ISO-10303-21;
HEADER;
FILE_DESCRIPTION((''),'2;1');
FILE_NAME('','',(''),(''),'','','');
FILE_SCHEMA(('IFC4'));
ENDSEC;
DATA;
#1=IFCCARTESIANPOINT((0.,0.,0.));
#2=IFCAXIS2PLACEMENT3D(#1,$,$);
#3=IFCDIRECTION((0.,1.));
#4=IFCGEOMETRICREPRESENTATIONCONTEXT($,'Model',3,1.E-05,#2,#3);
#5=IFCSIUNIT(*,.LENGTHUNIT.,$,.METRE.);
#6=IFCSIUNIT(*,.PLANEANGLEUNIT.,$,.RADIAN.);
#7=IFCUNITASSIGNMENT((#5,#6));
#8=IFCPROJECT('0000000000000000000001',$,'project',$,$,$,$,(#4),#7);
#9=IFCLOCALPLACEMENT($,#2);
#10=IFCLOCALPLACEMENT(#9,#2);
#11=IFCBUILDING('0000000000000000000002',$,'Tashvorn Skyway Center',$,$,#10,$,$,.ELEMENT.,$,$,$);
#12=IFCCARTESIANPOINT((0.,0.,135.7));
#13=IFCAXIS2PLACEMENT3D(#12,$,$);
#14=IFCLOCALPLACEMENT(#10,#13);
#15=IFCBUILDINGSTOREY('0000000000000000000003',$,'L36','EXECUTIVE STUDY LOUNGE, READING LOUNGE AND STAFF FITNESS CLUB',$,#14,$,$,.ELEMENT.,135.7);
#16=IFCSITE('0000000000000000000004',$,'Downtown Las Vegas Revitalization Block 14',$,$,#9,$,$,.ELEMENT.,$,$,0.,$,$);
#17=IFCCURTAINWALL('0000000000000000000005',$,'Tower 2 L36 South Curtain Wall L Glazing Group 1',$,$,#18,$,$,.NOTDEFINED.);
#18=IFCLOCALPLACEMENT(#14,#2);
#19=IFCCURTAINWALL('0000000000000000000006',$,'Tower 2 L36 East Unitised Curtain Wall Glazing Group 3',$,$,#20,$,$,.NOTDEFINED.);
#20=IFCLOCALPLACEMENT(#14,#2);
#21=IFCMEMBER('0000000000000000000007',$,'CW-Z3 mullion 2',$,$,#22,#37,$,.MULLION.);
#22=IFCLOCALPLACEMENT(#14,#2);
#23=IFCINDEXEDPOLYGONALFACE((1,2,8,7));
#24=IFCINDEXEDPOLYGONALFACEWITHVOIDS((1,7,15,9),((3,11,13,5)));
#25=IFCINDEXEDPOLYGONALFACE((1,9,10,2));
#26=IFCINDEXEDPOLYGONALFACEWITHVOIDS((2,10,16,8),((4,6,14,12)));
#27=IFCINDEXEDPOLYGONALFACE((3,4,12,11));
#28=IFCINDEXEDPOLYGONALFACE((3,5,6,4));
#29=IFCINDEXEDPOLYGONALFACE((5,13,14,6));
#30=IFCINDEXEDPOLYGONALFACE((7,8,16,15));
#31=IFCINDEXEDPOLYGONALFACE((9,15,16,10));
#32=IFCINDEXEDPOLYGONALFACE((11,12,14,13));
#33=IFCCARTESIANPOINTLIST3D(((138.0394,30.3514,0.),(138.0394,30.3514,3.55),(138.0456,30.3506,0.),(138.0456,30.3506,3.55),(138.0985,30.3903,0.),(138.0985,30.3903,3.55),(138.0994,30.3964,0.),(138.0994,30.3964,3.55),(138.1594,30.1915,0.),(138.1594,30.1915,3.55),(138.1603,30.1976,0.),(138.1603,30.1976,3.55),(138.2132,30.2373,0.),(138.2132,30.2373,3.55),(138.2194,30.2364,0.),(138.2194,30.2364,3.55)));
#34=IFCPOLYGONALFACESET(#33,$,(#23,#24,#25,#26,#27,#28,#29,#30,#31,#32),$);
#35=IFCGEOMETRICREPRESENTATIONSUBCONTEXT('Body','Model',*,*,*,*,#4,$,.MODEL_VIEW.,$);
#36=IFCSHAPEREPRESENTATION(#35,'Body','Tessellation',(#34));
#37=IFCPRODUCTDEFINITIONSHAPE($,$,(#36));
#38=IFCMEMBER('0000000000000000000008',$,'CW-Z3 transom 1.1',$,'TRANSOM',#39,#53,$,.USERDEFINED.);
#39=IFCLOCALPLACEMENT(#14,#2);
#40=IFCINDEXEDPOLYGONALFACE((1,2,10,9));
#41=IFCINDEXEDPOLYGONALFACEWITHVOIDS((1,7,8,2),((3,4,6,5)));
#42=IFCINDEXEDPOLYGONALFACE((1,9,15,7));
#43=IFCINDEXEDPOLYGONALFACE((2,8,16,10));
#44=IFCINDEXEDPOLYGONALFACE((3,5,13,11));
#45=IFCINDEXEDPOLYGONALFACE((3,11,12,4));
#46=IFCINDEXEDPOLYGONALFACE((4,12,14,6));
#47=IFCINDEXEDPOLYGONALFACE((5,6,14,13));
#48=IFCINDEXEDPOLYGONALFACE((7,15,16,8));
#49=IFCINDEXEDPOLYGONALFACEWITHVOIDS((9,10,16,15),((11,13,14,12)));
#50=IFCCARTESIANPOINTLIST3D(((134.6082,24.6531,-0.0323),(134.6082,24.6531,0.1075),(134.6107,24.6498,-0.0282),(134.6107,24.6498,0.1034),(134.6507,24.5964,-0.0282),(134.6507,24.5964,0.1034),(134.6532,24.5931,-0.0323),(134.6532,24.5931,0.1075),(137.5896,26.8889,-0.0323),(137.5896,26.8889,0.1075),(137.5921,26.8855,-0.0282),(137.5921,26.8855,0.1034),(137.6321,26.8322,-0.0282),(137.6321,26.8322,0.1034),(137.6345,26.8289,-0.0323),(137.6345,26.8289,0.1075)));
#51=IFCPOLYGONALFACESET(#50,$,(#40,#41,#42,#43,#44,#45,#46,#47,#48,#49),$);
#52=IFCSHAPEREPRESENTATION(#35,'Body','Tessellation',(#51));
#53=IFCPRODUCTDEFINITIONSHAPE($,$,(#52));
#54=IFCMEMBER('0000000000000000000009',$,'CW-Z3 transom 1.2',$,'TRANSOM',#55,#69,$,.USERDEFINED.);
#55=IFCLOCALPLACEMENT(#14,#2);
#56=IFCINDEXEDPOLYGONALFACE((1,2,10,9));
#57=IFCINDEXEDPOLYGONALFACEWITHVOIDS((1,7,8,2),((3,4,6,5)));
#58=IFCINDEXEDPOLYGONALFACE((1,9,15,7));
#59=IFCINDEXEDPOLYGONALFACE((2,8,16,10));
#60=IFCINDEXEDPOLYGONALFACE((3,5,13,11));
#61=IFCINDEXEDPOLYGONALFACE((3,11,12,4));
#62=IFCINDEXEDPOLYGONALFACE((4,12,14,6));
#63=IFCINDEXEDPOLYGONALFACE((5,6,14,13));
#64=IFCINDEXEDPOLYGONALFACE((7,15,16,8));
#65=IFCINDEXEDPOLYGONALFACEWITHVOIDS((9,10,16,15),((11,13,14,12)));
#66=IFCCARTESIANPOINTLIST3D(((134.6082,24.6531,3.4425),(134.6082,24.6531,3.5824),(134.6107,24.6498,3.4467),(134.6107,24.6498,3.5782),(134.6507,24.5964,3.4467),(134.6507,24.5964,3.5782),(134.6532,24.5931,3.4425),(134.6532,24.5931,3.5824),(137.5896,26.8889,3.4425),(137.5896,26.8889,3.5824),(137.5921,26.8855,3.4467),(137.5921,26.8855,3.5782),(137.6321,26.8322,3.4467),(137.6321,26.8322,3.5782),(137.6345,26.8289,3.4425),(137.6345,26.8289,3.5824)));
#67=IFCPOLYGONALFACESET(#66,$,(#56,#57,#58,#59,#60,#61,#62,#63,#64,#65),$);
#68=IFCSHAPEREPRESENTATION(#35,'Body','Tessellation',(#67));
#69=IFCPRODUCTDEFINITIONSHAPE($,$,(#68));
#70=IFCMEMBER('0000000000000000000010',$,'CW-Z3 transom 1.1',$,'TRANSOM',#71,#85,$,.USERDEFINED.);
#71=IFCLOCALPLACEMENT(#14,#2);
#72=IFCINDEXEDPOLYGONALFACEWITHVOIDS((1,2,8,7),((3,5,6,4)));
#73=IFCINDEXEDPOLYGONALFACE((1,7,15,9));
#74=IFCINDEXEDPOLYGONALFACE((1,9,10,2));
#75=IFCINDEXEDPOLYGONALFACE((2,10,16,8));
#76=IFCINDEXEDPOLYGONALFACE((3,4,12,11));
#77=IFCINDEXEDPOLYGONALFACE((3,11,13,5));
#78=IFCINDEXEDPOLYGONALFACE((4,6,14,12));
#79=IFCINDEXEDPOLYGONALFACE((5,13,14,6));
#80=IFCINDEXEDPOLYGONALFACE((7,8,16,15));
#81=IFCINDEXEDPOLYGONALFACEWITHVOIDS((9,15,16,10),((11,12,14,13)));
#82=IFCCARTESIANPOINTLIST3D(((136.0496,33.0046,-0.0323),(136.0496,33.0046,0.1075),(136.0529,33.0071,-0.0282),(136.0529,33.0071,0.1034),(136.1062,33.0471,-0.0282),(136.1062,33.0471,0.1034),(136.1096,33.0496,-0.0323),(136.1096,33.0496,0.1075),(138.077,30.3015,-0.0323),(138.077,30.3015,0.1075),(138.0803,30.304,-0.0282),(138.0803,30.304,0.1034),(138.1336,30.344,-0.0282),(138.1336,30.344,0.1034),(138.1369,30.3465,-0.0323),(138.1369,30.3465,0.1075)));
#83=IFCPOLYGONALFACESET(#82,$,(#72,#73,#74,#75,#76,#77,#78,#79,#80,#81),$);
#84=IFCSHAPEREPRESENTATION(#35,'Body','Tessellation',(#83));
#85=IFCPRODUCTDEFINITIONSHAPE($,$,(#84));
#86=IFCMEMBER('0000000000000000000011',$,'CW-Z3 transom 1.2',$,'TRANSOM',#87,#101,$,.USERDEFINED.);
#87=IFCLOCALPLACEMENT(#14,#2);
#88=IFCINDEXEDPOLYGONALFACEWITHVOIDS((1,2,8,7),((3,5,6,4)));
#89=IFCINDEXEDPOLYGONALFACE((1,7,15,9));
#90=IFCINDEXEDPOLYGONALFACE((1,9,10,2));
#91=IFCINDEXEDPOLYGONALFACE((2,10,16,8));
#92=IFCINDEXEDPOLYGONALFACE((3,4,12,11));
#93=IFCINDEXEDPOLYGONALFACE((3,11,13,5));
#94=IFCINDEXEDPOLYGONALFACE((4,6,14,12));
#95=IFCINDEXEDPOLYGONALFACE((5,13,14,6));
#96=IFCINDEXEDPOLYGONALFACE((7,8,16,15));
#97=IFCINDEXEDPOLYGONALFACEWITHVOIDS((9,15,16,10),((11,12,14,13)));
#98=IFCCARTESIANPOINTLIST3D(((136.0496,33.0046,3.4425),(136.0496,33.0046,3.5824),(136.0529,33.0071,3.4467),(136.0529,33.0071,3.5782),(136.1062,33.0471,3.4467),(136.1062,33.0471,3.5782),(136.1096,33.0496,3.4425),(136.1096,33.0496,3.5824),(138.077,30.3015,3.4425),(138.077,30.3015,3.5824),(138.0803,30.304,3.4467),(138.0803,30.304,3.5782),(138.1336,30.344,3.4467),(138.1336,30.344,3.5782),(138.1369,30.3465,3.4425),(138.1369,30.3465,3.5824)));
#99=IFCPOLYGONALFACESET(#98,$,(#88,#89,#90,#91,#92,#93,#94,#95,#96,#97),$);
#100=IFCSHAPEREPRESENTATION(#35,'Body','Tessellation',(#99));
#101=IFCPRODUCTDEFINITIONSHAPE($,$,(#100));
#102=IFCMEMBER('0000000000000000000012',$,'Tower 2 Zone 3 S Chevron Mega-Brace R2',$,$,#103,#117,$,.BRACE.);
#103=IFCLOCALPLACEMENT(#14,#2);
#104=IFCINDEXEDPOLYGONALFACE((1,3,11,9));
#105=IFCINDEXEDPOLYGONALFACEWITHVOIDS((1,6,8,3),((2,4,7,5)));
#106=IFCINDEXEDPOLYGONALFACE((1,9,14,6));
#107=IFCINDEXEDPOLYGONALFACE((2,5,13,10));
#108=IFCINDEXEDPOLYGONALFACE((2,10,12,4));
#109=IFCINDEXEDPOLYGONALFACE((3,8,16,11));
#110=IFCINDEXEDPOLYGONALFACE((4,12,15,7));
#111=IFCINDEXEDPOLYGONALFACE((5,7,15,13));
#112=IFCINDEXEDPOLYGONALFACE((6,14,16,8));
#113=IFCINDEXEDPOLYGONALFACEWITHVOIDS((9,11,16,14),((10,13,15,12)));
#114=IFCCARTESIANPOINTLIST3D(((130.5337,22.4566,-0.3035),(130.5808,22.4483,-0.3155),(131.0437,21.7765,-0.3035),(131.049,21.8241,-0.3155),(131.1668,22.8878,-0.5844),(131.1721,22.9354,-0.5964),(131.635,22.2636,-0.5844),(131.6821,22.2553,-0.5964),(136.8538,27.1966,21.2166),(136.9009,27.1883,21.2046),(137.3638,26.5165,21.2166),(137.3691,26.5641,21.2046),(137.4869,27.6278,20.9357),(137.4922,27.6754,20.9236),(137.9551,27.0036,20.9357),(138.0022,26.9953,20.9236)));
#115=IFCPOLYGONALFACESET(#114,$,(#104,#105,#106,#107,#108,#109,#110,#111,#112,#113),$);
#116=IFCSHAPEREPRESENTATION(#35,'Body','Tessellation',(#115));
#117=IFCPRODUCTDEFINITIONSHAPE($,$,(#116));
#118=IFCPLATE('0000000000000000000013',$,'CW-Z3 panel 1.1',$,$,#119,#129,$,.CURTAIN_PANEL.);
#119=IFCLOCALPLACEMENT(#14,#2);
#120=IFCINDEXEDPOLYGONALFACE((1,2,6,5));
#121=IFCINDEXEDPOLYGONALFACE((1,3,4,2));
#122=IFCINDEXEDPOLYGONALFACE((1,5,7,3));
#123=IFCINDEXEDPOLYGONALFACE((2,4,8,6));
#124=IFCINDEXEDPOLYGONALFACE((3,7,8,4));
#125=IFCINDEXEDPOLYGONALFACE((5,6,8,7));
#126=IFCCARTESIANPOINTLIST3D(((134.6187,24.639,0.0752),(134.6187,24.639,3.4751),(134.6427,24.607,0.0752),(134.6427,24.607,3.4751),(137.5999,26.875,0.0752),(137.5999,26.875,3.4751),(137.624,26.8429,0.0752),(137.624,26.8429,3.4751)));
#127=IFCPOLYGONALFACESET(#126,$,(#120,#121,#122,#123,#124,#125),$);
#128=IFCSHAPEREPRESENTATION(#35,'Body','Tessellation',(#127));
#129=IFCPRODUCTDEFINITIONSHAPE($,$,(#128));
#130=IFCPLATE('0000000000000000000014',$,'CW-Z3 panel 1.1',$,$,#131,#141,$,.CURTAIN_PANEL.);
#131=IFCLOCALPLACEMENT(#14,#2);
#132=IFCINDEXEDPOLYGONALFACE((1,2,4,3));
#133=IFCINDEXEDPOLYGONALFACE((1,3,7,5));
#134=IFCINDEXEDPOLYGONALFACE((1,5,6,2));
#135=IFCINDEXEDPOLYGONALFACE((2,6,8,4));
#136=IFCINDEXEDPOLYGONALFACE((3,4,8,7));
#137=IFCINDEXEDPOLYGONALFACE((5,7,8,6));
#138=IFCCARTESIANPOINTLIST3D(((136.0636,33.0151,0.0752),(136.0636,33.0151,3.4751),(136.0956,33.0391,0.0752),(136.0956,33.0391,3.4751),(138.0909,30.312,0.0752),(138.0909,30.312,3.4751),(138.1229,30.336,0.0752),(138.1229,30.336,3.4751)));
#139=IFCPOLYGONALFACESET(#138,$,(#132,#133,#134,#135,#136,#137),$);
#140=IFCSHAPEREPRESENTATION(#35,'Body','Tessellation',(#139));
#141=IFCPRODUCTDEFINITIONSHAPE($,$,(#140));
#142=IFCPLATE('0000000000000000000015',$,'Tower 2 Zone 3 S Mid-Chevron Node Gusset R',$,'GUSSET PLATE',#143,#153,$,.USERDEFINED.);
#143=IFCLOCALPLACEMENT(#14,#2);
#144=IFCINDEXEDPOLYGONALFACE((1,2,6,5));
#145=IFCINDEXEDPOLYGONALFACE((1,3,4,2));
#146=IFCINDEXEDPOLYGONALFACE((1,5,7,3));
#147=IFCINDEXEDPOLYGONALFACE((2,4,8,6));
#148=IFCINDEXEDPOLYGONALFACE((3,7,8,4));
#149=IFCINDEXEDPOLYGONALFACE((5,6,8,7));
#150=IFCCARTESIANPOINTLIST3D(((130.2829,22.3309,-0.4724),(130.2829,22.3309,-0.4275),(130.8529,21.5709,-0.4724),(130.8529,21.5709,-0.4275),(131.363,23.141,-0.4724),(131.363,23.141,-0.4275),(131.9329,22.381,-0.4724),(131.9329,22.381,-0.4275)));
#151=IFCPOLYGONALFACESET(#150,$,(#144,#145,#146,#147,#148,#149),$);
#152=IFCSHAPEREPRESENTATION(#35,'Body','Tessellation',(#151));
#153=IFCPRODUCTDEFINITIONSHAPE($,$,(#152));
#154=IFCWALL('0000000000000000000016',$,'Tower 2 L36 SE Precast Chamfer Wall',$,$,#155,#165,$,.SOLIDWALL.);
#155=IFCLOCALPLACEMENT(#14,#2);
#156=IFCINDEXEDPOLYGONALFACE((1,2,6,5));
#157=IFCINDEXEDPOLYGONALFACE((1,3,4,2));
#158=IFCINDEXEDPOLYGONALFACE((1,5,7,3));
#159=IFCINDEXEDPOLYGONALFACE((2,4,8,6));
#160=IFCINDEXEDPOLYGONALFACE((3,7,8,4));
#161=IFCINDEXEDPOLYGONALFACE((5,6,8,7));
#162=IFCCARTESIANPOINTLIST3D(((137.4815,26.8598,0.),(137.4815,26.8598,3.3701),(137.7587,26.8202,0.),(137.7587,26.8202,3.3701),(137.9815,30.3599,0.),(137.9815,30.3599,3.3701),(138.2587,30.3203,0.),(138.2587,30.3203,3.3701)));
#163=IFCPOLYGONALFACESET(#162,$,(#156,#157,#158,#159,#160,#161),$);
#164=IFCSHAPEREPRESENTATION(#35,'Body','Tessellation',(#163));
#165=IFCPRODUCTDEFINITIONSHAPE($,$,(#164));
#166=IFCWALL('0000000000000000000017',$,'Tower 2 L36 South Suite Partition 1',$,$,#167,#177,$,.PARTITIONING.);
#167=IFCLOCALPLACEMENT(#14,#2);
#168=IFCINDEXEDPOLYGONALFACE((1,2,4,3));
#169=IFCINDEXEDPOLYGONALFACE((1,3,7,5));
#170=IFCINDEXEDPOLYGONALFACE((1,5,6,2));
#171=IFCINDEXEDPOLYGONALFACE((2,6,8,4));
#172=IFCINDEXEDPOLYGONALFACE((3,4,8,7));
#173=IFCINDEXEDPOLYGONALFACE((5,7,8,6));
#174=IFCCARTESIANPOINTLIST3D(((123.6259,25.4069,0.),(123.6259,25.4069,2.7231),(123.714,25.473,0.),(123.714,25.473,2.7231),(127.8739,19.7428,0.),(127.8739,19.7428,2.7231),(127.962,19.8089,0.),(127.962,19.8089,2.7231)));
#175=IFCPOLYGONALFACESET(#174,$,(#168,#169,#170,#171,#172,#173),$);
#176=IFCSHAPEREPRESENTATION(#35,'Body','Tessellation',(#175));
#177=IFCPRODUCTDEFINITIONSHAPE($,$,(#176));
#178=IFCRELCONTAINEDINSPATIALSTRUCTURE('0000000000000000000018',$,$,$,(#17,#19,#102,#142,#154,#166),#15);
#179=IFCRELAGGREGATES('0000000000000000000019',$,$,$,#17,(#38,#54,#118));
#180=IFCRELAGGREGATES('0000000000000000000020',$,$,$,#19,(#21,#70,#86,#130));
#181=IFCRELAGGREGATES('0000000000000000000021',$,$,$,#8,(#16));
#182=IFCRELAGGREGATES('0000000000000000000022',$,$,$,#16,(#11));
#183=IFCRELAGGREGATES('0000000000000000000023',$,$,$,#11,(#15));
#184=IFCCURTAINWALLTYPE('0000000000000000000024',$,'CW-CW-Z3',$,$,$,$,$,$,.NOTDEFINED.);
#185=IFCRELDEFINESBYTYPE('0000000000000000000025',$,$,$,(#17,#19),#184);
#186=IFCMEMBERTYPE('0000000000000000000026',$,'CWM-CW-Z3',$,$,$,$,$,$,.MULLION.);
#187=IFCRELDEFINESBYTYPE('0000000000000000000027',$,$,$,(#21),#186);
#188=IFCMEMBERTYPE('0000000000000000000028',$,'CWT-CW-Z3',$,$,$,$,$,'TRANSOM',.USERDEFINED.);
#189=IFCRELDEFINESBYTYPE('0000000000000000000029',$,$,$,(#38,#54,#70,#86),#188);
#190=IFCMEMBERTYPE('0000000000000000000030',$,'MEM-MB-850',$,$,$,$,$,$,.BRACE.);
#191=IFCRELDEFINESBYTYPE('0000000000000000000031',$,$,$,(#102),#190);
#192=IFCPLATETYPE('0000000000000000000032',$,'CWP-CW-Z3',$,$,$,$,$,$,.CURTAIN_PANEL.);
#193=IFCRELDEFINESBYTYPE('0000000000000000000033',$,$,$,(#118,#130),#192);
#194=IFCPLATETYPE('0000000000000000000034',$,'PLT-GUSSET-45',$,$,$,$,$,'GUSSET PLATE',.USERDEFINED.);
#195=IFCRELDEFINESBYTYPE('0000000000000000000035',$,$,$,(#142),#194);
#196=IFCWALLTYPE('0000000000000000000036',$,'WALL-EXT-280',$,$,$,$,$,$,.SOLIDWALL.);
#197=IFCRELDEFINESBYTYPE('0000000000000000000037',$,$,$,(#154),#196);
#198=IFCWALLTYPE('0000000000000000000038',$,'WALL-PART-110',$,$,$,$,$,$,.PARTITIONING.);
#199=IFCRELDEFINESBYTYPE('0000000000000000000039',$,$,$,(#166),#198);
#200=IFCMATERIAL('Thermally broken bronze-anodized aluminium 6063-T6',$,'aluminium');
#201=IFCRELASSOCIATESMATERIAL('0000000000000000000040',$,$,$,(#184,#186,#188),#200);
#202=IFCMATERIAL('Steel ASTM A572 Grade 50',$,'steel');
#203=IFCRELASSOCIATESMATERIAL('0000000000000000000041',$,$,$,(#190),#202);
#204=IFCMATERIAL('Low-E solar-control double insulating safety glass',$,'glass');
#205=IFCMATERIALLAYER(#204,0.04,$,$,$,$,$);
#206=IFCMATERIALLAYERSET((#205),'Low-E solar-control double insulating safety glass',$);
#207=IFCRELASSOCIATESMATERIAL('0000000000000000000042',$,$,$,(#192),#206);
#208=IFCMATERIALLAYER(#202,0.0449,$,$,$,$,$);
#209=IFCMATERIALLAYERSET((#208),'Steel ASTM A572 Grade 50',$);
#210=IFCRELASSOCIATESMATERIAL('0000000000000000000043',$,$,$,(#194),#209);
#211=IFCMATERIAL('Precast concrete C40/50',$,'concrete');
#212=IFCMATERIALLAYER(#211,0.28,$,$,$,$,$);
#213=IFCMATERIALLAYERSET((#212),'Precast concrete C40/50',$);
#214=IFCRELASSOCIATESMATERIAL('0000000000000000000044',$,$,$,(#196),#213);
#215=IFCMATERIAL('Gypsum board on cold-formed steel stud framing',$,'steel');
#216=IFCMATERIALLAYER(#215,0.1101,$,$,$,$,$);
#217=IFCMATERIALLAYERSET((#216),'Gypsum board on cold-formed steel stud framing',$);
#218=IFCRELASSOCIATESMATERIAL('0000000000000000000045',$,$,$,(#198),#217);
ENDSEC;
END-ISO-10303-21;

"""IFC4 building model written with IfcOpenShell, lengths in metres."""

from ifc_helpers import new_model, si_unit, direction, frame, frame_2d, origin, origin_2d, place, context, subcontext, project, spatial, rectangle, hollow_rectangle, extrude, material, layer, layer_set, material_profile, profile_set, type_object, element, aggregate, save


model = new_model("IFC4")

# Units and contexts
model_context = context("Model", 3, precision=1e-05, world=origin(), true_north=direction((0.0, 1.0)))
body_context = subcontext(model_context, "Body", "Model", "MODEL_VIEW")
ifc_project = project(units=[si_unit("LENGTHUNIT", "METRE"), si_unit("PLANEANGLEUNIT", "RADIAN")], contexts=[model_context])

# Site, building, storey
site_placement = place(None, origin())
site = spatial("IfcSite", under=ifc_project, at=site_placement, Name="Downtown Las Vegas Revitalization Block 14", CompositionType="ELEMENT", RefElevation=0.0)
building_placement = place(site_placement, origin())
building = spatial("IfcBuilding", under=site, at=building_placement, Name="Tashvorn Skyway Center", CompositionType="ELEMENT")
storey_placement = place(building_placement, frame((0.0, 0.0, 135.7)))
storey = spatial("IfcBuildingStorey", under=building, at=storey_placement, Name="L36", Description="EXECUTIVE STUDY LOUNGE, READING LOUNGE AND STAFF FITNESS CLUB", CompositionType="ELEMENT", Elevation=135.7)

# Shared definitions
ifc_material_1 = material(Name="Steel ASTM A572 Grade 50", Category="steel")

# Curtain walls, member
ifc_material_2 = material(Name="Thermally broken bronze-anodized aluminium 6063-T6", Category="aluminium")
curtain_wall_type = type_object("IfcCurtainWallType", Name="CW-CW-Z3", PredefinedType="NOTDEFINED", material=ifc_material_2)
curtain_wall_1_placement = place(storey_placement, origin())
curtain_wall_1 = element("IfcCurtainWall", 1, at=curtain_wall_1_placement, inside=storey, type_object=curtain_wall_type, Name="Tower 2 L36 South Curtain Wall L Glazing Group 1", PredefinedType="NOTDEFINED")
ifc_material_profile_1 = material_profile(ifc_material_2, hollow_rectangle(XDim=0.075, YDim=0.2, WallThickness=0.0044, at=origin_2d()), Name="ALU-MULL-75x200")
ifc_profile_set_1 = profile_set([ifc_material_profile_1], Name="Thermally broken bronze-anodized aluminium 6063-T6")
member_type_1 = type_object("IfcMemberType", Name="CWM-CW-Z3", PredefinedType="MULLION", material=ifc_profile_set_1)
curtain_wall_2_placement = place(storey_placement, origin())
curtain_wall_2 = element("IfcCurtainWall", 2, at=curtain_wall_2_placement, inside=storey, type_object=curtain_wall_type, Name="Tower 2 L36 East Unitised Curtain Wall Glazing Group 3", PredefinedType="NOTDEFINED")
member_1_placement = place(storey_placement, frame((138.1294, 30.2939, 0.0), z_axis=(0.0, 0.0, 1.0), x_axis=(0.800003, 0.599995, 0.0)))
member_1 = element("IfcMember", 3, at=member_1_placement, type_object=member_type_1, Name="CW-Z3 mullion 2", PredefinedType="MULLION", context=body_context, shape_type="SweptSolid", body=[
    extrude(hollow_rectangle(XDim=0.075, YDim=0.2, WallThickness=0.0044, at=origin_2d()), origin(), (0.0, 0.0, 1.0), 3.55),
])

# Members
ifc_material_profile_2 = material_profile(ifc_material_2, hollow_rectangle(XDim=0.075, YDim=0.1399, WallThickness=0.0042, at=origin_2d()), Name="ALU-TRAN-75x140")
ifc_profile_set_2 = profile_set([ifc_material_profile_2], Name="Thermally broken bronze-anodized aluminium 6063-T6")
member_type_2 = type_object("IfcMemberType", Name="CWT-CW-Z3", ElementType="TRANSOM", PredefinedType="USERDEFINED", material=ifc_profile_set_2)
member_2_placement = place(storey_placement, frame((137.6121, 26.8589, 0.0376), z_axis=(-0.800031, -0.599958, 0.0), x_axis=(0.599958, -0.800031, 0.0)))
member_2 = element("IfcMember", 4, at=member_2_placement, type_object=member_type_2, Name="CW-Z3 transom 1.1", ObjectType="TRANSOM", PredefinedType="USERDEFINED", context=body_context, shape_type="SweptSolid", body=[
    extrude(hollow_rectangle(XDim=0.075, YDim=0.1399, WallThickness=0.0042, at=origin_2d()), origin(), (0.0, 0.0, 1.0), 3.7266),
])
member_3_placement = place(storey_placement, frame((137.6121, 26.8589, 3.5125), z_axis=(-0.800031, -0.599958, 0.0), x_axis=(0.599958, -0.800031, 0.0)))
member_3 = element("IfcMember", 5, at=member_3_placement, type_object=member_type_2, Name="CW-Z3 transom 1.2", ObjectType="TRANSOM", PredefinedType="USERDEFINED", context=body_context, shape_type="SweptSolid", body=[
    extrude(hollow_rectangle(XDim=0.075, YDim=0.1399, WallThickness=0.0042, at=origin_2d()), origin(), (0.0, 0.0, 1.0), 3.7266),
])
member_4_placement = place(storey_placement, frame((136.0796, 33.0271, 0.0376), z_axis=(0.6, -0.8, 0.0), x_axis=(0.8, 0.6, 0.0)))
member_4 = element("IfcMember", 6, at=member_4_placement, type_object=member_type_2, Name="CW-Z3 transom 1.1", ObjectType="TRANSOM", PredefinedType="USERDEFINED", context=body_context, shape_type="SweptSolid", body=[
    extrude(hollow_rectangle(XDim=0.075, YDim=0.1399, WallThickness=0.0042, at=origin_2d()), origin(), (0.0, 0.0, 1.0), 3.3789),
])
member_5_placement = place(storey_placement, frame((136.0796, 33.0271, 3.5125), z_axis=(0.6, -0.8, 0.0), x_axis=(0.8, 0.6, 0.0)))
member_5 = element("IfcMember", 7, at=member_5_placement, type_object=member_type_2, Name="CW-Z3 transom 1.2", ObjectType="TRANSOM", PredefinedType="USERDEFINED", context=body_context, shape_type="SweptSolid", body=[
    extrude(hollow_rectangle(XDim=0.075, YDim=0.1399, WallThickness=0.0042, at=origin_2d()), origin(), (0.0, 0.0, 1.0), 3.3789),
])
ifc_material_profile_3 = material_profile(ifc_material_1, hollow_rectangle(XDim=0.8501, YDim=0.8501, WallThickness=0.0349, at=origin_2d()), Name="BOX850x850x35")
ifc_profile_set_3 = profile_set([ifc_material_profile_3], Name="Steel ASTM A572 Grade 50")
member_type_3 = type_object("IfcMemberType", Name="MEM-MB-850", PredefinedType="BRACE", material=ifc_profile_set_3)
member_6_placement = place(storey_placement, frame((131.1079, 22.356, -0.45), z_axis=(0.275693, 0.206767, 0.938744), x_axis=(-0.599995, 0.800004, 0.0)))
element("IfcMember", 8, at=member_6_placement, inside=storey, type_object=member_type_3, Name="Tower 2 Zone 3 S Chevron Mega-Brace R2", PredefinedType="BRACE", context=body_context, shape_type="SweptSolid", body=[
    extrude(hollow_rectangle(XDim=0.8501, YDim=0.8501, WallThickness=0.0349, at=origin_2d()), origin(), (0.0, 0.0, 1.0), 22.9243),
])

# Plates
ifc_material_3 = material(Name="Low-E solar-control double insulating safety glass", Category="glass")
ifc_layer_1 = layer(ifc_material_3, 0.04)
ifc_layer_set_1 = layer_set([ifc_layer_1], Name="Low-E solar-control double insulating safety glass")
plate_type_1 = type_object("IfcPlateType", Name="CWP-CW-Z3", PredefinedType="CURTAIN_PANEL", material=ifc_layer_set_1)
plate_1_placement = place(storey_placement, frame((136.1213, 25.741, 0.0752), z_axis=(0.0, 0.0, 1.0), x_axis=(-0.799997, -0.600004, 0.0)))
plate_1 = element("IfcPlate", 9, at=plate_1_placement, type_object=plate_type_1, Name="CW-Z3 panel 1.1", PredefinedType="CURTAIN_PANEL", context=body_context, shape_type="SweptSolid", body=[
    extrude(rectangle(XDim=3.7266, YDim=0.04, at=origin_2d()), origin(), (0.0, 0.0, 1.0), 3.3999),
])
aggregate(curtain_wall_1, [member_2, member_3, plate_1])
plate_2_placement = place(storey_placement, frame((137.0933, 31.6755, 0.0752), z_axis=(0.0, 0.0, 1.0), x_axis=(0.599995, -0.800003, 0.0)))
plate_2 = element("IfcPlate", 10, at=plate_2_placement, type_object=plate_type_1, Name="CW-Z3 panel 1.1", PredefinedType="CURTAIN_PANEL", context=body_context, shape_type="SweptSolid", body=[
    extrude(rectangle(XDim=3.3789, YDim=0.04, at=origin_2d()), origin(), (0.0, 0.0, 1.0), 3.3999),
])
aggregate(curtain_wall_2, [member_1, member_4, member_5, plate_2])
ifc_layer_2 = layer(ifc_material_1, 0.0449)
ifc_layer_set_2 = layer_set([ifc_layer_2], Name="Steel ASTM A572 Grade 50")
plate_type_2 = type_object("IfcPlateType", Name="PLT-GUSSET-45", ElementType="GUSSET PLATE", PredefinedType="USERDEFINED", material=ifc_layer_set_2)
plate_3_placement = place(storey_placement, frame((131.1079, 22.356, -0.4724), z_axis=(0.0, 0.0, 1.0), x_axis=(0.8, 0.6, 0.0)))
element("IfcPlate", 11, at=plate_3_placement, inside=storey, type_object=plate_type_2, Name="Tower 2 Zone 3 S Mid-Chevron Node Gusset R", ObjectType="GUSSET PLATE", PredefinedType="USERDEFINED", context=body_context, shape_type="SweptSolid", body=[
    extrude(rectangle(XDim=1.3501, YDim=0.95, at=origin_2d()), origin(), (0.0, 0.0, 1.0), 0.0449),
])

# Shared definitions
ifc_material_4 = material(Name="Precast concrete C40/50", Category="concrete")
ifc_layer_3 = layer(ifc_material_4, 0.28)
ifc_layer_set_3 = layer_set([ifc_layer_3], Name="Precast concrete C40/50")
wall_type_1 = type_object("IfcWallType", Name="WALL-EXT-280", PredefinedType="SOLIDWALL", material=ifc_layer_set_3)

# Walls
wall_1_placement = place(storey_placement, frame((138.1201, 30.3401, 0.0), z_axis=(0.0, 0.0, 1.0), x_axis=(-0.141421, -0.989949, 0.0)))
element("IfcWall", 12, at=wall_1_placement, inside=storey, type_object=wall_type_1, Name="Tower 2 L36 SE Precast Chamfer Wall", PredefinedType="SOLIDWALL", context=body_context, shape_type="SweptSolid", body=[
    extrude(rectangle(XDim=3.5356, YDim=0.28, at=frame_2d((1.7678, 0.0))), origin(), (0.0, 0.0, 1.0), 3.3701),
])
ifc_material_5 = material(Name="Gypsum board on cold-formed steel stud framing", Category="steel")
ifc_layer_4 = layer(ifc_material_5, 0.1101)
ifc_layer_set_4 = layer_set([ifc_layer_4], Name="Gypsum board on cold-formed steel stud framing")
wall_type_2 = type_object("IfcWallType", Name="WALL-PART-110", PredefinedType="PARTITIONING", material=ifc_layer_set_4)
wall_2_placement = place(storey_placement, frame((127.918, 19.7759, 0.0), z_axis=(0.0, 0.0, 1.0), x_axis=(-0.6, 0.8, 0.0)))
element("IfcWall", 13, at=wall_2_placement, inside=storey, type_object=wall_type_2, Name="Tower 2 L36 South Suite Partition 1", PredefinedType="PARTITIONING", context=body_context, shape_type="SweptSolid", body=[
    extrude(rectangle(XDim=7.0801, YDim=0.1101, at=frame_2d((3.54, 0.0))), origin(), (0.0, 0.0, 1.0), 2.7231),
])

save(model, "model.ifc")
